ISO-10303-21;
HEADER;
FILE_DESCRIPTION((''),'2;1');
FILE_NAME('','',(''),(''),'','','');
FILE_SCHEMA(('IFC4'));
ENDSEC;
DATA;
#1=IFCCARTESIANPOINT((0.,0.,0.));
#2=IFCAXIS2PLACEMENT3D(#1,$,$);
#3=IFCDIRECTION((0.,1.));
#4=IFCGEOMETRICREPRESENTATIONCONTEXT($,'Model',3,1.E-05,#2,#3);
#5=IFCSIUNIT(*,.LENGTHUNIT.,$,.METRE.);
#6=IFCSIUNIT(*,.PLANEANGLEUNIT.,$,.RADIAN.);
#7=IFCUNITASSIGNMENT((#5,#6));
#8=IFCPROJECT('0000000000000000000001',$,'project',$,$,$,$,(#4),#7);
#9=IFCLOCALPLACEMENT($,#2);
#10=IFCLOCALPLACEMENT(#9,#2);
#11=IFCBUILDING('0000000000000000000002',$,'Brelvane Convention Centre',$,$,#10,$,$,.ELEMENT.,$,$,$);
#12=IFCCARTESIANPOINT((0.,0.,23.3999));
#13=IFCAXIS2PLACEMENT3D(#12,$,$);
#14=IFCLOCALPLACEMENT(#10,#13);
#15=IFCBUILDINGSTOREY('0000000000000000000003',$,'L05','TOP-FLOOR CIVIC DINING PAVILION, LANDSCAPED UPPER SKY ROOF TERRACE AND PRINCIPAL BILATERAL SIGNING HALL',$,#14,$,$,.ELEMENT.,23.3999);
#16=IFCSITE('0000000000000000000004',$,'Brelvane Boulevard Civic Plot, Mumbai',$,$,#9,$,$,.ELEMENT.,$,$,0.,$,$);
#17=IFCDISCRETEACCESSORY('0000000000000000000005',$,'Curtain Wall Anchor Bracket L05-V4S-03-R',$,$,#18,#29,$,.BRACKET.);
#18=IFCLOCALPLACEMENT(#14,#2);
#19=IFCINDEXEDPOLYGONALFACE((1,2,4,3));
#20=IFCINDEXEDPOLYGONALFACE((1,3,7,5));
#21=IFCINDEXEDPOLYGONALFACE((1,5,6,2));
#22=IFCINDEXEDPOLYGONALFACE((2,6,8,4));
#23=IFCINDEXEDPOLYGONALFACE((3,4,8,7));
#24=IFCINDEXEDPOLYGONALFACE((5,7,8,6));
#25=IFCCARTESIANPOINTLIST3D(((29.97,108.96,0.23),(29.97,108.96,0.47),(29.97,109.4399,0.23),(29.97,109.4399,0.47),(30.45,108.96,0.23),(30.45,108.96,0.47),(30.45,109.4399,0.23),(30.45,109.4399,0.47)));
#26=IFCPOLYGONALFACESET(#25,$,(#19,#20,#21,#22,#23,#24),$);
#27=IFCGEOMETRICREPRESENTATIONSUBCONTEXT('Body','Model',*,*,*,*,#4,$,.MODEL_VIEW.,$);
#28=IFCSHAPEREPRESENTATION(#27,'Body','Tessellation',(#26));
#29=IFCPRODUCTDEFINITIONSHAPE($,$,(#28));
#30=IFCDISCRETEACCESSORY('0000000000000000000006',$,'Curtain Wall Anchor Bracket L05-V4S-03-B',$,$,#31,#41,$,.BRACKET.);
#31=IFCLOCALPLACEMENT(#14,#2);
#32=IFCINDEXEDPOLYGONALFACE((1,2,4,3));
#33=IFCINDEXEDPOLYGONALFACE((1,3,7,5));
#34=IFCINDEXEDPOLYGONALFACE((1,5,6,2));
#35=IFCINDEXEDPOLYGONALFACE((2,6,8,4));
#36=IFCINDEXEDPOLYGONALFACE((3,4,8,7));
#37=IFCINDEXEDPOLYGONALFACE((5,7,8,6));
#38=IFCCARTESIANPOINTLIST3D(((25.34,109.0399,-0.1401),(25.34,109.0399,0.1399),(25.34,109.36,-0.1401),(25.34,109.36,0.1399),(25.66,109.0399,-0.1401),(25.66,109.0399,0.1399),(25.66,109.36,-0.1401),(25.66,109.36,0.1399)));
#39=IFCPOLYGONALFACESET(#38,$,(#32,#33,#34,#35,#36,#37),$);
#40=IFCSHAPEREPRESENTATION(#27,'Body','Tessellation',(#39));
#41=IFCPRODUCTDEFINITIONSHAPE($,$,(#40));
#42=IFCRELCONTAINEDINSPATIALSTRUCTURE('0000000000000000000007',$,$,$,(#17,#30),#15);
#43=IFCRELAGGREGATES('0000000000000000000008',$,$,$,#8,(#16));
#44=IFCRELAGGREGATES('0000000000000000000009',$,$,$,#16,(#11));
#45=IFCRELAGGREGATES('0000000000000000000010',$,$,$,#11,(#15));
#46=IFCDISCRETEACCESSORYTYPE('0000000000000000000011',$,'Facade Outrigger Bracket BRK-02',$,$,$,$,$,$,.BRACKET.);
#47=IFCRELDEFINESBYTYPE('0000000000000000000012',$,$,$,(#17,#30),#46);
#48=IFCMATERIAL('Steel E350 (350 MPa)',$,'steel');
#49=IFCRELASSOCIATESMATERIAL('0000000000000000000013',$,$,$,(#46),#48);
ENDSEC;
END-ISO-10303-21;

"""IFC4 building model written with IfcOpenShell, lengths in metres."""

from ifc_helpers import new_model, si_unit, direction, frame, origin, origin_2d, place, context, subcontext, project, spatial, rectangle, extrude, material, type_object, element, save


model = new_model("IFC4")

# Units and contexts
model_context = context("Model", 3, precision=1e-05, world=origin(), true_north=direction((0.0, 1.0)))
body_context = subcontext(model_context, "Body", "Model", "MODEL_VIEW")
ifc_project = project(units=[si_unit("LENGTHUNIT", "METRE"), si_unit("PLANEANGLEUNIT", "RADIAN")], contexts=[model_context])

# Site, building, storey
site_placement = place(None, origin())
site = spatial("IfcSite", under=ifc_project, at=site_placement, Name="Brelvane Boulevard Civic Plot, Mumbai", CompositionType="ELEMENT", RefElevation=0.0)
building_placement = place(site_placement, origin())
building = spatial("IfcBuilding", under=site, at=building_placement, Name="Brelvane Convention Centre", CompositionType="ELEMENT")
storey_placement = place(building_placement, frame((0.0, 0.0, 23.3999)))
storey = spatial("IfcBuildingStorey", under=building, at=storey_placement, Name="L05", Description="TOP-FLOOR CIVIC DINING PAVILION, LANDSCAPED UPPER SKY ROOF TERRACE AND PRINCIPAL BILATERAL SIGNING HALL", CompositionType="ELEMENT", Elevation=23.3999)

# Discrete accessories
ifc_material_1 = material(Name="Steel E350 (350 MPa)", Category="steel")
discrete_accessory_type = type_object("IfcDiscreteAccessoryType", Name="Facade Outrigger Bracket BRK-02", PredefinedType="BRACKET", material=ifc_material_1)
discrete_accessory_1_placement = place(storey_placement, frame((30.21, 109.2, 0.23), z_axis=(0.0, 0.0, 1.0), x_axis=(1.0, 0.0, 0.0)))
element("IfcDiscreteAccessory", 1, at=discrete_accessory_1_placement, inside=storey, type_object=discrete_accessory_type, Name="Curtain Wall Anchor Bracket L05-V4S-03-R", PredefinedType="BRACKET", context=body_context, shape_type="SweptSolid", body=[
    extrude(rectangle(XDim=0.48, YDim=0.48, at=origin_2d()), origin(), (0.0, 0.0, 1.0), 0.24),
])
discrete_accessory_2_placement = place(storey_placement, frame((25.5, 109.2, -0.1401), z_axis=(0.0, 0.0, 1.0), x_axis=(1.0, 0.0, 0.0)))
element("IfcDiscreteAccessory", 2, at=discrete_accessory_2_placement, inside=storey, type_object=discrete_accessory_type, Name="Curtain Wall Anchor Bracket L05-V4S-03-B", PredefinedType="BRACKET", context=body_context, shape_type="SweptSolid", body=[
    extrude(rectangle(XDim=0.3201, YDim=0.3201, at=origin_2d()), origin(), (0.0, 0.0, 1.0), 0.28),
])

save(model, "model.ifc")
